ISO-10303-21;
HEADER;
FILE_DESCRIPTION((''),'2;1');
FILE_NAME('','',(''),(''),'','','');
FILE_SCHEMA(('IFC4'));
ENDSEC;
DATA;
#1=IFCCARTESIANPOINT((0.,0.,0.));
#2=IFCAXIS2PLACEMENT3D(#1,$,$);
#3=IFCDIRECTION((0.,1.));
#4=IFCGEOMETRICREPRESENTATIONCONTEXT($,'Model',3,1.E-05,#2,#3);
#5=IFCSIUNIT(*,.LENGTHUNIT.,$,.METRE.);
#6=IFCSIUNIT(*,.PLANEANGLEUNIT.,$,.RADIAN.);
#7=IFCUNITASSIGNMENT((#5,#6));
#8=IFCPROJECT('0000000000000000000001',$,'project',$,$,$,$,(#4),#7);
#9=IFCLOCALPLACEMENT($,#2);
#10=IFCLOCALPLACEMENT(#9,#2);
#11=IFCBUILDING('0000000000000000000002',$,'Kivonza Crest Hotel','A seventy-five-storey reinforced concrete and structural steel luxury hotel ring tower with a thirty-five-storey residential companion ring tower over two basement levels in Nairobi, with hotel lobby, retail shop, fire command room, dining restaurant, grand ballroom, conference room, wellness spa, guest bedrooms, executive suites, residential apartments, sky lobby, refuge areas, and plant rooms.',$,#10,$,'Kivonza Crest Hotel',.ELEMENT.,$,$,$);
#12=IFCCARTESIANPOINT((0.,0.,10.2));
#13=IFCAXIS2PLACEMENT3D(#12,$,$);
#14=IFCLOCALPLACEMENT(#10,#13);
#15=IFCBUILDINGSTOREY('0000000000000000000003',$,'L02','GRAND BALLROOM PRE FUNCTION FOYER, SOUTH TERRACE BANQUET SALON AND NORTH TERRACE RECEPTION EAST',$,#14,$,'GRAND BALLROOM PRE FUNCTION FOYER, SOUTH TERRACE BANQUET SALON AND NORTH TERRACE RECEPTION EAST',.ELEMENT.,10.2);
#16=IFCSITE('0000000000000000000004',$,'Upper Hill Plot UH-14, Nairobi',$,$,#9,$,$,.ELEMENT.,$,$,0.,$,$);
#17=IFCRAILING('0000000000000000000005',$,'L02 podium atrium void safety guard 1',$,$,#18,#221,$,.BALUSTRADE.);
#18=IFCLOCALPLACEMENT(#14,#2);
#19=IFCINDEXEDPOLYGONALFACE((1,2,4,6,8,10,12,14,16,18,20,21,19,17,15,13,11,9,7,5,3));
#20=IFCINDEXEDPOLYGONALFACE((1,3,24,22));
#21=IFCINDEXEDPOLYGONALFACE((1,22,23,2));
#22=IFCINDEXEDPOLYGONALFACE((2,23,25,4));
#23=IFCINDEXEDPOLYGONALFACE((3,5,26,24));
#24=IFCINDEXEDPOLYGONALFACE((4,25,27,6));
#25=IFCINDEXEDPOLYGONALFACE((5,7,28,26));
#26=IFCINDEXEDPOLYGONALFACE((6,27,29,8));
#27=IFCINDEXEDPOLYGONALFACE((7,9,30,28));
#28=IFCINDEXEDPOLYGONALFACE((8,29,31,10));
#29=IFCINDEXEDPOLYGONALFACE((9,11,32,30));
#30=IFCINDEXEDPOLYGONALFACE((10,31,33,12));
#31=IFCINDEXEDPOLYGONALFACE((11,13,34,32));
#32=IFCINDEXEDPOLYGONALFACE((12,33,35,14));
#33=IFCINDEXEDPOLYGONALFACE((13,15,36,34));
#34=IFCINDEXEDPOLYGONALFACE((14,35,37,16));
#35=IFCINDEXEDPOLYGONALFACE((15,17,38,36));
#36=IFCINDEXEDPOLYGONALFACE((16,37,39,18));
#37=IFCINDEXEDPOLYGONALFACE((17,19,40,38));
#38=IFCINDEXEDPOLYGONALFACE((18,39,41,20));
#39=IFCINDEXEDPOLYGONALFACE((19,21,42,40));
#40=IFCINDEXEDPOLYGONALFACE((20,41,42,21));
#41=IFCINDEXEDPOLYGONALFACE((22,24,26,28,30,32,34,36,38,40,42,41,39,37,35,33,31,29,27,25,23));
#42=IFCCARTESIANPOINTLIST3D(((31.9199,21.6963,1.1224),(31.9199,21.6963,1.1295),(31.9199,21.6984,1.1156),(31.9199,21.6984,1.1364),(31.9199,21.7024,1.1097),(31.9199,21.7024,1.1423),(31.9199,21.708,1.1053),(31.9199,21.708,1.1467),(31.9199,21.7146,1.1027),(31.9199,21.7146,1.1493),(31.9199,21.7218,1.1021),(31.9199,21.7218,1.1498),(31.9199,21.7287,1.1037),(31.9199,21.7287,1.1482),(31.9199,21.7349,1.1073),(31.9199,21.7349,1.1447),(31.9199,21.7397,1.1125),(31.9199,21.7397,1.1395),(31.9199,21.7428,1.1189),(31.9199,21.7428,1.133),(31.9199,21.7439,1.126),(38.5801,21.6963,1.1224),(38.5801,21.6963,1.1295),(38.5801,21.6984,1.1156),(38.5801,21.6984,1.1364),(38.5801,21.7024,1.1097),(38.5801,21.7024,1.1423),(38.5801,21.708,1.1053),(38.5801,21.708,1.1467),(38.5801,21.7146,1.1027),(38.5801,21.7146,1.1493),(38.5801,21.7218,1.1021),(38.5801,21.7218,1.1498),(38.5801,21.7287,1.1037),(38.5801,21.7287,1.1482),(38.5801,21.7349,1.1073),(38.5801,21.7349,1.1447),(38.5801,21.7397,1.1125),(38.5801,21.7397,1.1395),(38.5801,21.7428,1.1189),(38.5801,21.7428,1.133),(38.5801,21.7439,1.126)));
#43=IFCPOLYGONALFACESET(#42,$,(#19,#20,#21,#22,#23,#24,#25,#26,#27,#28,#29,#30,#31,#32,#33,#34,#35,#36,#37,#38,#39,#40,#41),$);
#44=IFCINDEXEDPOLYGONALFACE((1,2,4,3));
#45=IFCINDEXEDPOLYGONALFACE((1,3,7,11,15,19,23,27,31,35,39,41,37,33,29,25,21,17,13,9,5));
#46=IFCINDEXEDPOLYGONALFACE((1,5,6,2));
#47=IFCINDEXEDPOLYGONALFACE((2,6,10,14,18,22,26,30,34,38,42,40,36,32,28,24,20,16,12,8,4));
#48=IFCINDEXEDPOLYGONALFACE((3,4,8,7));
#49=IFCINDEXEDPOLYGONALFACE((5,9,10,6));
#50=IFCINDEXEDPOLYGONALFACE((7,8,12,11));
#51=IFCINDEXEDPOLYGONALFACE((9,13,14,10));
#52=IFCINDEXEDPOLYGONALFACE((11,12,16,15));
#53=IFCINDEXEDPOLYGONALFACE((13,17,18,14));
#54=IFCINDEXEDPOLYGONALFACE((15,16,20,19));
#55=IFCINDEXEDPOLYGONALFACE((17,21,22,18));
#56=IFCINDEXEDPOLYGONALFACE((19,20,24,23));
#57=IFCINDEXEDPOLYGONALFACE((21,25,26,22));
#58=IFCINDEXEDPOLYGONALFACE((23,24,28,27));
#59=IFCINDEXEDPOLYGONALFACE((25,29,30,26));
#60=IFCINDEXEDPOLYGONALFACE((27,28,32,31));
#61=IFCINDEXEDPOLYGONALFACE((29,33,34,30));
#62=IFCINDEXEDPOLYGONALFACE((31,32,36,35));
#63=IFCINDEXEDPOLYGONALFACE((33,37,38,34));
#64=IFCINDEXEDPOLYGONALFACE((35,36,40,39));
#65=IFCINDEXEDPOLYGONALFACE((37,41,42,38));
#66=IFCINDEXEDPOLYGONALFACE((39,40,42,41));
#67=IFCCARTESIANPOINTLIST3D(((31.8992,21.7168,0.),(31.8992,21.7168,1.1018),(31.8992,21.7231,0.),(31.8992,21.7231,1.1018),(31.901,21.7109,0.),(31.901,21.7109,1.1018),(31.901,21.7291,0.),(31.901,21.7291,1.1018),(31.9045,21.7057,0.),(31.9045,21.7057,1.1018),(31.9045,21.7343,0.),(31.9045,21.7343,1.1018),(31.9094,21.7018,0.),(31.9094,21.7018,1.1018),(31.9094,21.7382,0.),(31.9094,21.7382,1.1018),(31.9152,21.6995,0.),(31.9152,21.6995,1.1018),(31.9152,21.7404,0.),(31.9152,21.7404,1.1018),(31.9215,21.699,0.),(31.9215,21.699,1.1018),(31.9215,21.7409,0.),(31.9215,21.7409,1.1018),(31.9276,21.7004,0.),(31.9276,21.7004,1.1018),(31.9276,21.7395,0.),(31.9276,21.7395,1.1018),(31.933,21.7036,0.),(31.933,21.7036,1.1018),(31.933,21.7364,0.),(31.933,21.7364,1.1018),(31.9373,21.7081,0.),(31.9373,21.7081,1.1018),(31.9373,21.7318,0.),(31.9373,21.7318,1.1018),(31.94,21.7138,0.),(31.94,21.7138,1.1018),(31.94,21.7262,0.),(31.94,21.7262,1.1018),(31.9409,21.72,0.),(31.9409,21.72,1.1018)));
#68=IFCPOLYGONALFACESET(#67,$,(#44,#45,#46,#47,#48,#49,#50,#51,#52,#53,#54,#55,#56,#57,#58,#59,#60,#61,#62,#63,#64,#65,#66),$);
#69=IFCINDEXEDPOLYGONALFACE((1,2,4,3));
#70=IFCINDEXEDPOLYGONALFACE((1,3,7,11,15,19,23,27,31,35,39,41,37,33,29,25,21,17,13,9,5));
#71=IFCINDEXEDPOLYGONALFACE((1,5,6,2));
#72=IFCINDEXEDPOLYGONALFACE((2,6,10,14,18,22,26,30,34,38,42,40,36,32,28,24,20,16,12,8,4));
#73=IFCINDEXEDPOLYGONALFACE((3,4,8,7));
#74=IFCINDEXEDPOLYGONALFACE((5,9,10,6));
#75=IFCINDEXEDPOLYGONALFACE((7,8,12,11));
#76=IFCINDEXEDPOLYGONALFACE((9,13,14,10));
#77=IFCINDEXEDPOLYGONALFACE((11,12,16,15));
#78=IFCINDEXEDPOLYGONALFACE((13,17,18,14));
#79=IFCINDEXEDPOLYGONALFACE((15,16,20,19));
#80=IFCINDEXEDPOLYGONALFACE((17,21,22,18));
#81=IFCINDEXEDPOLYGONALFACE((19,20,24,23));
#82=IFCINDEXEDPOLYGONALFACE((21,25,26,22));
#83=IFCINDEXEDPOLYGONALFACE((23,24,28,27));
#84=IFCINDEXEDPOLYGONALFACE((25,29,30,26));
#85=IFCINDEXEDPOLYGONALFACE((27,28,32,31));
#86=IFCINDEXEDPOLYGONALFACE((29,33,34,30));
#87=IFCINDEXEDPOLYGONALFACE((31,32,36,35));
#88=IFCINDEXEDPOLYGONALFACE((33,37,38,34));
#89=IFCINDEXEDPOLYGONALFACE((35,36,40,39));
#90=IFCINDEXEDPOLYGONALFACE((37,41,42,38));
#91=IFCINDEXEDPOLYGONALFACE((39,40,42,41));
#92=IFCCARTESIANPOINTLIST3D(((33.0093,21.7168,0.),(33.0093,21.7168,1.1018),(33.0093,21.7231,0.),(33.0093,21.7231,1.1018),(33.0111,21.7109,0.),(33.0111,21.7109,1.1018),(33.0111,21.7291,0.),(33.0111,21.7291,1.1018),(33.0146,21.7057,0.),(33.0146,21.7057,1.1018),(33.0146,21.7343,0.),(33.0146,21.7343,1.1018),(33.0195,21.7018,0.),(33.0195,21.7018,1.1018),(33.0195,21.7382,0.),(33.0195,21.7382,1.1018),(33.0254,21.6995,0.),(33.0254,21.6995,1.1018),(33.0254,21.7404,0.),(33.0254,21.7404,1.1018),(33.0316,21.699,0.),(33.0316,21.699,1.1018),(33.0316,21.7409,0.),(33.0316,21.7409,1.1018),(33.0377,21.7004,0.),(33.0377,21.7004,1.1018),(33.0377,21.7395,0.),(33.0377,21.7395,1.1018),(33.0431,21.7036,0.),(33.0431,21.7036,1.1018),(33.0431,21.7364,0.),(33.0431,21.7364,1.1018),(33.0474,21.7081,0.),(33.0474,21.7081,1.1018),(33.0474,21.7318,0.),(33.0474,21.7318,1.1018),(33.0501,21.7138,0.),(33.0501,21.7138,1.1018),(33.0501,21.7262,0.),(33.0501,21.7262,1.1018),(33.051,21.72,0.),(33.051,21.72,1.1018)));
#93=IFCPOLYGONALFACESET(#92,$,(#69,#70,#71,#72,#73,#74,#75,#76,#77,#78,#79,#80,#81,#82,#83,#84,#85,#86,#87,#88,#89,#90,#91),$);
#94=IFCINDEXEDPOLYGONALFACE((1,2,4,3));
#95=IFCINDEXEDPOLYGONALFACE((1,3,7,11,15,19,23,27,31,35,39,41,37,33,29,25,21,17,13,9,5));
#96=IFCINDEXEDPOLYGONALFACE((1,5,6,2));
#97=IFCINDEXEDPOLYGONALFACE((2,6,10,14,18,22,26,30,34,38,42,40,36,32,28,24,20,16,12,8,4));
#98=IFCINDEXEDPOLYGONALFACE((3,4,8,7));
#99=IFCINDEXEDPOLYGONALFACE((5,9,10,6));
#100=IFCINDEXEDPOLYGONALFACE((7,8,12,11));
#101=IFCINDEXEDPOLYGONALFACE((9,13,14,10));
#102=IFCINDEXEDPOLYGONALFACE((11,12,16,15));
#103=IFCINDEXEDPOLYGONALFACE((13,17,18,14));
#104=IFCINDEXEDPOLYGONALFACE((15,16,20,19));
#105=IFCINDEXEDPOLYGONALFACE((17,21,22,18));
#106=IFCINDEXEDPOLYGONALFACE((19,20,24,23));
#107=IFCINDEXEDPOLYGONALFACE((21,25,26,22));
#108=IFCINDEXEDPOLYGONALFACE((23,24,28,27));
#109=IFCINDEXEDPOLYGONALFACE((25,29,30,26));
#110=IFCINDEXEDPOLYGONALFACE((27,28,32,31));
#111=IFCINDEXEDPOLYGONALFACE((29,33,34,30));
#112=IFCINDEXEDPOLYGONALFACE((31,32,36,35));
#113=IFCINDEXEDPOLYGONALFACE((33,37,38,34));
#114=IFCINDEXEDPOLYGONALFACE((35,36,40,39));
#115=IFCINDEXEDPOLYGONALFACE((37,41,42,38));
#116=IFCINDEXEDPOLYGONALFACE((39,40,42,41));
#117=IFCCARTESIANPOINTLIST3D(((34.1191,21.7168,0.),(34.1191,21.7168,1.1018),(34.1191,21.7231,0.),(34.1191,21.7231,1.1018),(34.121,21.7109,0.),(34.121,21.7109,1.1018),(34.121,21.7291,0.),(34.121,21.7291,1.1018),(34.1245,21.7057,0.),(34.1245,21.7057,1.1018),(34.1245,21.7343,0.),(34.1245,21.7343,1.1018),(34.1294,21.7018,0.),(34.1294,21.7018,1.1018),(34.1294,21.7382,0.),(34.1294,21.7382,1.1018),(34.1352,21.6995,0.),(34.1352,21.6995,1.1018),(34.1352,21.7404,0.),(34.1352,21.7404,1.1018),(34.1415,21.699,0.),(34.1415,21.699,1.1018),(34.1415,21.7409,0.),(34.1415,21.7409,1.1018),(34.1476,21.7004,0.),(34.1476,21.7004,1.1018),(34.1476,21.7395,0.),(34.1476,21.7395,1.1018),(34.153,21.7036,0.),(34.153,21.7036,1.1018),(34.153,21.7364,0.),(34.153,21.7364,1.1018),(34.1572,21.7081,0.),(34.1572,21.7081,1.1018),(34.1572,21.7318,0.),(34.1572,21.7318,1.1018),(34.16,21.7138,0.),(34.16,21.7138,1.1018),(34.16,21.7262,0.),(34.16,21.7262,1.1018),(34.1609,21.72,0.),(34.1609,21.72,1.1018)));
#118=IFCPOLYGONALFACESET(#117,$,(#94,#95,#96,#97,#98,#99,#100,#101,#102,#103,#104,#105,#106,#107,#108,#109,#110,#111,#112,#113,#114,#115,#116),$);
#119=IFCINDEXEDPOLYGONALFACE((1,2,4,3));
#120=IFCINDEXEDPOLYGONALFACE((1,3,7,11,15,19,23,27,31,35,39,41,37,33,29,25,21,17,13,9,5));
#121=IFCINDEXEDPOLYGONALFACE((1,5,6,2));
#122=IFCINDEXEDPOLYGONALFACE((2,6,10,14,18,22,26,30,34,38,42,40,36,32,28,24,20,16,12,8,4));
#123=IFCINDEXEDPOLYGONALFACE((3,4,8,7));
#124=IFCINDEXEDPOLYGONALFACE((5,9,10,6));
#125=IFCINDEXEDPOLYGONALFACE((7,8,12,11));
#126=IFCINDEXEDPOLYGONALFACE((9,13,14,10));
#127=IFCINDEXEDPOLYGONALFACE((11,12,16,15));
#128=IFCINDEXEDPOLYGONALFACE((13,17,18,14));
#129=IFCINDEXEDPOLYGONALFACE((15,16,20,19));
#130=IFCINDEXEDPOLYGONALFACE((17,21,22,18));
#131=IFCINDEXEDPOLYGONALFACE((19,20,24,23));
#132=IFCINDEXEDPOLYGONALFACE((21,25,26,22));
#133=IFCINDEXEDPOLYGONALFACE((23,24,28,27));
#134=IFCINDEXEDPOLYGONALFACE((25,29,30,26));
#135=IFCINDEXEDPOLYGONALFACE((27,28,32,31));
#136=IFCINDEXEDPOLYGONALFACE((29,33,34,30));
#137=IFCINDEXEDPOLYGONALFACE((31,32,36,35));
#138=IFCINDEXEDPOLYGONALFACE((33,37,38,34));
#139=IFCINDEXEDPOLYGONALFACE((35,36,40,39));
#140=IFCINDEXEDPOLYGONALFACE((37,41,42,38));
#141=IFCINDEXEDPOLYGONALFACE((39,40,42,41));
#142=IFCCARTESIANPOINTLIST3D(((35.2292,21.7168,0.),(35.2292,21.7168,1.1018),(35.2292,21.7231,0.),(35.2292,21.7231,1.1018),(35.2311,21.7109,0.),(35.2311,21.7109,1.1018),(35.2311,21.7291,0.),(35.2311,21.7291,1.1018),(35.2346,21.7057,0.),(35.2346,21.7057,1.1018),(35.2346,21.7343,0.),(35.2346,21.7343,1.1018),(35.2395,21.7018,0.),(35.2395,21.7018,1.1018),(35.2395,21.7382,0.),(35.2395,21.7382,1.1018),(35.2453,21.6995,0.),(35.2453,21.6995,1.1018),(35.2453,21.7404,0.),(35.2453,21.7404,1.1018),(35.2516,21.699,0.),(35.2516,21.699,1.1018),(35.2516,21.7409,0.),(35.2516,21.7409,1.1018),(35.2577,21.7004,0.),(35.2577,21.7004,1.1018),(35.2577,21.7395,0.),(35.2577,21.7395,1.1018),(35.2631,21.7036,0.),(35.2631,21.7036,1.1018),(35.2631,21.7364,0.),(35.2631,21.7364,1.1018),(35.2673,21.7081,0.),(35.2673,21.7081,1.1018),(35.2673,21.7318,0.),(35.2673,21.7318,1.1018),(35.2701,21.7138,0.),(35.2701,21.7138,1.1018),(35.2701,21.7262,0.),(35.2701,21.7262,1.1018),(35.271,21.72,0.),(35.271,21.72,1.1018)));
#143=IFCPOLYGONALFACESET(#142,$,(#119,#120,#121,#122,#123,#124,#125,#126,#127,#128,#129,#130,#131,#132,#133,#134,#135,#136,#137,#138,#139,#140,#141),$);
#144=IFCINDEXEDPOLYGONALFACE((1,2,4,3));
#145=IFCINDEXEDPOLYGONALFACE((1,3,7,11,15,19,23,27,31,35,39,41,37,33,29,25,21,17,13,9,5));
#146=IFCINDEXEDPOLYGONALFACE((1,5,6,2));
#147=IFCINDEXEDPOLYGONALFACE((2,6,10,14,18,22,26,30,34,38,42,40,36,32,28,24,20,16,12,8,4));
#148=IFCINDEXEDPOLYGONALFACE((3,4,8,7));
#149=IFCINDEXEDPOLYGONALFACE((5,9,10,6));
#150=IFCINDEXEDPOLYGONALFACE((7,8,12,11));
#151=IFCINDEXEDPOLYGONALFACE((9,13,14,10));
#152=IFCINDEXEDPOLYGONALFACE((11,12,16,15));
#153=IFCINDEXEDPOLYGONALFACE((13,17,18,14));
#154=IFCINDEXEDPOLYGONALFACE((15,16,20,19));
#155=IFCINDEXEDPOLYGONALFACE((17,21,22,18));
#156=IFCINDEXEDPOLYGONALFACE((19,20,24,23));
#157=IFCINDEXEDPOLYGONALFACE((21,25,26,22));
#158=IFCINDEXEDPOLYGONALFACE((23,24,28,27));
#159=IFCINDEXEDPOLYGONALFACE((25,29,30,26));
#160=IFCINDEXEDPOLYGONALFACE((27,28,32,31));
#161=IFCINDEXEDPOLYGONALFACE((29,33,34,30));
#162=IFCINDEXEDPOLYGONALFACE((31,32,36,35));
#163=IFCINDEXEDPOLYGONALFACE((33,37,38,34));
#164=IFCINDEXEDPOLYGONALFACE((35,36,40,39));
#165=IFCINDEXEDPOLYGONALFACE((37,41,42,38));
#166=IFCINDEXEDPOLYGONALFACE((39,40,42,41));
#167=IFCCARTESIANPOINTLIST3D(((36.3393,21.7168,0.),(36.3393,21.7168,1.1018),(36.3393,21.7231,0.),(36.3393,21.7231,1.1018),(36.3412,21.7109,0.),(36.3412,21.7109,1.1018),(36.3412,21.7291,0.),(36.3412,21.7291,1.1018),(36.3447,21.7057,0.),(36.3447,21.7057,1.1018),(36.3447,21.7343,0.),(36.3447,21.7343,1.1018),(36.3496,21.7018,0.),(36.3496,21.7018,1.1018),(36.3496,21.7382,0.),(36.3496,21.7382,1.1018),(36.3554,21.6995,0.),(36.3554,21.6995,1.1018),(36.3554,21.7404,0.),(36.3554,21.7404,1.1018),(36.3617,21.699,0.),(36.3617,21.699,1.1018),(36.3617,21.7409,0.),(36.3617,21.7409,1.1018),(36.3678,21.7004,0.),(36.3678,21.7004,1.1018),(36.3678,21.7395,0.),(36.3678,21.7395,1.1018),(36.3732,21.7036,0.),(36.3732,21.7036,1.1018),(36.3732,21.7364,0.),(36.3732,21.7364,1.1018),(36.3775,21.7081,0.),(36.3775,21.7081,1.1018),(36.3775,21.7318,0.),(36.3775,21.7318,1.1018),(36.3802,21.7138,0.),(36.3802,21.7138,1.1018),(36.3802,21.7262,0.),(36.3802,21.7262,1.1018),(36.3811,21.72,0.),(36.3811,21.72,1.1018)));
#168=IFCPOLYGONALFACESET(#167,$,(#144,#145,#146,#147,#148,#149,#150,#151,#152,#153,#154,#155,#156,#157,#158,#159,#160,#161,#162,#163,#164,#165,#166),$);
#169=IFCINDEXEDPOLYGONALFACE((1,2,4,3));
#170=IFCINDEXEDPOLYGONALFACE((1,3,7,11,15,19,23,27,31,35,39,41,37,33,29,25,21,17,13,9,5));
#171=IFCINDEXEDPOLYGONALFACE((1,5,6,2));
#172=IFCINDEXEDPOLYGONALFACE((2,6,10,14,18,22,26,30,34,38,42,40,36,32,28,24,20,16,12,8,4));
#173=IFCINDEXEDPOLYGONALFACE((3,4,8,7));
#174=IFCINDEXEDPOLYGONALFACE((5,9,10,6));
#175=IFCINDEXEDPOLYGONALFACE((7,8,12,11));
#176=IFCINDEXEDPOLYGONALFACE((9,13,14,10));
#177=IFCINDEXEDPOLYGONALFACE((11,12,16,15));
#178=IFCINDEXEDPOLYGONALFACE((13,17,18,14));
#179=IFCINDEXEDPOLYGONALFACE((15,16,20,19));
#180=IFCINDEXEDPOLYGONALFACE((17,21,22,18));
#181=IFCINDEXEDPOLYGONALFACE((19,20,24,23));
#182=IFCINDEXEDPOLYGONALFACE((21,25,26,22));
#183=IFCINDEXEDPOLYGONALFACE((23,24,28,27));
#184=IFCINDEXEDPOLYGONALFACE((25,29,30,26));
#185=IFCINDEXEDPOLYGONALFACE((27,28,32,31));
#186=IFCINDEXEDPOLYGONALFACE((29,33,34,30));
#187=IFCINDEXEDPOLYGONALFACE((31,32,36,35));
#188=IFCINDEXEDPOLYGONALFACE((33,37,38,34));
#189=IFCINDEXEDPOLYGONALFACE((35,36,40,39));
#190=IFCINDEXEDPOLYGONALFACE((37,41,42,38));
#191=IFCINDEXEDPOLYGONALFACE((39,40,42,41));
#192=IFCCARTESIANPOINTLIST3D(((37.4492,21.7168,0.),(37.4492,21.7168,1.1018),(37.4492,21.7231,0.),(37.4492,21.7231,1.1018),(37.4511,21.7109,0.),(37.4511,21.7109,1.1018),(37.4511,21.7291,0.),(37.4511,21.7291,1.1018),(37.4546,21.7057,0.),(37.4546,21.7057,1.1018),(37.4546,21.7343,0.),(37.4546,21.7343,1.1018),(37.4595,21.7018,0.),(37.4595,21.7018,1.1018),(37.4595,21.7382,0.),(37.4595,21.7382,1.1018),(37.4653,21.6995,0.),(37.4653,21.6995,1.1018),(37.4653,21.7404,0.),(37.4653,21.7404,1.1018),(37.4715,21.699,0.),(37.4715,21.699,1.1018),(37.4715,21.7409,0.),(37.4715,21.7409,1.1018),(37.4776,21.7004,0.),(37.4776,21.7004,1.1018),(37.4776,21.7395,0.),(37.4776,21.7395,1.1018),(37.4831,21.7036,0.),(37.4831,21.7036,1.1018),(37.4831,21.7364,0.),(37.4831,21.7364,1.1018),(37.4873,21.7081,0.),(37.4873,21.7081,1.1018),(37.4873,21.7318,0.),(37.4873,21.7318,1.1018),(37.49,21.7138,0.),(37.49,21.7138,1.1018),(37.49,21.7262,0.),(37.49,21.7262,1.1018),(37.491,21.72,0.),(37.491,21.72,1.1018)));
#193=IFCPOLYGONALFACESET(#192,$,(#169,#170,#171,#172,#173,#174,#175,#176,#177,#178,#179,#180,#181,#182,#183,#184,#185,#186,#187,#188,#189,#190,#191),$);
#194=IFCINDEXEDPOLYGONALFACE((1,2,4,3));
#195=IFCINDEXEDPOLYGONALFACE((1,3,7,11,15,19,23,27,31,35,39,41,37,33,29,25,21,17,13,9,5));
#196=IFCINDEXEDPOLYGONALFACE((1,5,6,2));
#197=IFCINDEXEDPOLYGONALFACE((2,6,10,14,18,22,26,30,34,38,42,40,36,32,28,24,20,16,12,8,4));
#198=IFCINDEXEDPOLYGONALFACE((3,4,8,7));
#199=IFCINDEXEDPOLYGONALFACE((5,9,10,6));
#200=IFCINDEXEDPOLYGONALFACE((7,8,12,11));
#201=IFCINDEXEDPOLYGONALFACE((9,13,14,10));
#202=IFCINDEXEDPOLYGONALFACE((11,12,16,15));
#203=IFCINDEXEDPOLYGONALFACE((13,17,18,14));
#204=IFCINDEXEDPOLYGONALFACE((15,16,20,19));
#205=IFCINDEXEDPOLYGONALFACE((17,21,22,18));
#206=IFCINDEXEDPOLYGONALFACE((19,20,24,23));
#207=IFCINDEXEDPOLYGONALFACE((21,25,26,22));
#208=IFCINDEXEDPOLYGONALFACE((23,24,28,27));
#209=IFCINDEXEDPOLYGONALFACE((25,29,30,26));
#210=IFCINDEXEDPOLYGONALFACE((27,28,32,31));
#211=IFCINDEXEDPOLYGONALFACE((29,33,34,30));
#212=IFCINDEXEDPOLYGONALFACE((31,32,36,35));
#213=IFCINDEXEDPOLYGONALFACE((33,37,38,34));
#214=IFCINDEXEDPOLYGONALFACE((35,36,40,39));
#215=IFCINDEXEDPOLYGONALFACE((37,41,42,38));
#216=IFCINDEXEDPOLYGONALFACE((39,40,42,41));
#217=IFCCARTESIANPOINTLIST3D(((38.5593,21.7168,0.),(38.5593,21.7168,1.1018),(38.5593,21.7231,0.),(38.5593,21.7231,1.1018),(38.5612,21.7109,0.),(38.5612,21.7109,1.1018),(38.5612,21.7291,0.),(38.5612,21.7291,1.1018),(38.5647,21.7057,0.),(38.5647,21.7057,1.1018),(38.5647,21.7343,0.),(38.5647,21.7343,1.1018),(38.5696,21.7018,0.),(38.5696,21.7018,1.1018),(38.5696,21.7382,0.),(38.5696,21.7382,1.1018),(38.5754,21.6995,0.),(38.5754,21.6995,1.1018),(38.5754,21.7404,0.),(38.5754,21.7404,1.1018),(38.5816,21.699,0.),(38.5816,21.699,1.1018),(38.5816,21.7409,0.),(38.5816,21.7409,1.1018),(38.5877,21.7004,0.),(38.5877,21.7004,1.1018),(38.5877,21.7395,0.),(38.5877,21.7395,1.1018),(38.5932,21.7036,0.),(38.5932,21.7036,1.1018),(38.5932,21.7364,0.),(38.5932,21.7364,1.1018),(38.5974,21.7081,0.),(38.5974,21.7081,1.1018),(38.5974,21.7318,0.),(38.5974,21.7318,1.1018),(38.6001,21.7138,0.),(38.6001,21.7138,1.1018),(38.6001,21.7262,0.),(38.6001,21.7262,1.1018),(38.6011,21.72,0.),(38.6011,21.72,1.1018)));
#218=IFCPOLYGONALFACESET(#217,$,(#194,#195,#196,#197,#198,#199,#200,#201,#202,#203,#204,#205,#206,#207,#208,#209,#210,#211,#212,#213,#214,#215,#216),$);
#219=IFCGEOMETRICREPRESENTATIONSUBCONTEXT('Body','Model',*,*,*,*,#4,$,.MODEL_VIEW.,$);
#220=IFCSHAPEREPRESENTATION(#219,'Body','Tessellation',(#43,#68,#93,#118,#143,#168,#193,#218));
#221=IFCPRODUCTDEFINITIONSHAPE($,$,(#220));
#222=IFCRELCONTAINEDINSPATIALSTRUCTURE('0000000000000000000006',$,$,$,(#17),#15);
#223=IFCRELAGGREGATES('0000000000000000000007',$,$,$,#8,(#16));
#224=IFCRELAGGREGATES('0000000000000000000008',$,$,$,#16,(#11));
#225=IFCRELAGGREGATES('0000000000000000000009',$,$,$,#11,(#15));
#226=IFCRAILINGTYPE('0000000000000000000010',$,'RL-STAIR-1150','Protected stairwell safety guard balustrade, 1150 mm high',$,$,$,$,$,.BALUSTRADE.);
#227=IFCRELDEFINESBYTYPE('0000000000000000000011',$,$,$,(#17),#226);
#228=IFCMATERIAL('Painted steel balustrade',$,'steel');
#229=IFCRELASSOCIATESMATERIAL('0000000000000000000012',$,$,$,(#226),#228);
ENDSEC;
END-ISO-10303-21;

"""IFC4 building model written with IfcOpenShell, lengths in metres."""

from ifc_helpers import new_model, si_unit, direction, frame, origin, origin_2d, place, context, subcontext, project, spatial, circle, extrude, material, type_object, element, save


model = new_model("IFC4")

# Units and contexts
model_context = context("Model", 3, precision=1e-05, world=origin(), true_north=direction((0.0, 1.0)))
body_context = subcontext(model_context, "Body", "Model", "MODEL_VIEW")
ifc_project = project(units=[si_unit("LENGTHUNIT", "METRE"), si_unit("PLANEANGLEUNIT", "RADIAN")], contexts=[model_context])

# Site, building, storey
site_placement = place(None, origin())
site = spatial("IfcSite", under=ifc_project, at=site_placement, Name="Upper Hill Plot UH-14, Nairobi", CompositionType="ELEMENT", RefElevation=0.0)
building_placement = place(site_placement, origin())
building = spatial("IfcBuilding", under=site, at=building_placement, Name="Kivonza Crest Hotel", Description="A seventy-five-storey reinforced concrete and structural steel luxury hotel ring tower with a thirty-five-storey residential companion ring tower over two basement levels in Nairobi, with hotel lobby, retail shop, fire command room, dining restaurant, grand ballroom, conference room, wellness spa, guest bedrooms, executive suites, residential apartments, sky lobby, refuge areas, and plant rooms.", LongName="Kivonza Crest Hotel", CompositionType="ELEMENT")
storey_placement = place(building_placement, frame((0.0, 0.0, 10.2)))
storey = spatial("IfcBuildingStorey", under=building, at=storey_placement, Name="L02", Description="GRAND BALLROOM PRE FUNCTION FOYER, SOUTH TERRACE BANQUET SALON AND NORTH TERRACE RECEPTION EAST", LongName="GRAND BALLROOM PRE FUNCTION FOYER, SOUTH TERRACE BANQUET SALON AND NORTH TERRACE RECEPTION EAST", CompositionType="ELEMENT", Elevation=10.2)

# Railing
ifc_material_1 = material(Name="Painted steel balustrade", Category="steel")
railing_type = type_object("IfcRailingType", Name="RL-STAIR-1150", Description="Protected stairwell safety guard balustrade, 1150 mm high", PredefinedType="BALUSTRADE", material=ifc_material_1)
railing_1_placement = place(storey_placement, frame((31.9199, 21.72, 0.0)))
element("IfcRailing", 1, at=railing_1_placement, inside=storey, type_object=railing_type, Name="L02 podium atrium void safety guard 1", PredefinedType="BALUSTRADE", context=body_context, shape_type="SweptSolid", body=[
    extrude(circle(Radius=0.0239, at=origin_2d()), frame((0.0, 0.0, 1.126), z_axis=(1.0, 0.0, 0.0), x_axis=(0.0, 1.0, 0.0)), (0.0, 0.0, 1.0), 6.6602),
    extrude(circle(Radius=0.021, at=origin_2d()), origin(), (0.0, 0.0, 1.0), 1.1018),
    extrude(circle(Radius=0.021, at=origin_2d()), frame((1.1101, 0.0, 0.0)), (0.0, 0.0, 1.0), 1.1018),
    extrude(circle(Radius=0.021, at=origin_2d()), frame((2.22, 0.0, 0.0)), (0.0, 0.0, 1.0), 1.1018),
    extrude(circle(Radius=0.021, at=origin_2d()), frame((3.3301, 0.0, 0.0)), (0.0, 0.0, 1.0), 1.1018),
    extrude(circle(Radius=0.021, at=origin_2d()), frame((4.4402, 0.0, 0.0)), (0.0, 0.0, 1.0), 1.1018),
    extrude(circle(Radius=0.021, at=origin_2d()), frame((5.55, 0.0, 0.0)), (0.0, 0.0, 1.0), 1.1018),
    extrude(circle(Radius=0.021, at=origin_2d()), frame((6.6602, 0.0, 0.0)), (0.0, 0.0, 1.0), 1.1018),
])

save(model, "model.ifc")
